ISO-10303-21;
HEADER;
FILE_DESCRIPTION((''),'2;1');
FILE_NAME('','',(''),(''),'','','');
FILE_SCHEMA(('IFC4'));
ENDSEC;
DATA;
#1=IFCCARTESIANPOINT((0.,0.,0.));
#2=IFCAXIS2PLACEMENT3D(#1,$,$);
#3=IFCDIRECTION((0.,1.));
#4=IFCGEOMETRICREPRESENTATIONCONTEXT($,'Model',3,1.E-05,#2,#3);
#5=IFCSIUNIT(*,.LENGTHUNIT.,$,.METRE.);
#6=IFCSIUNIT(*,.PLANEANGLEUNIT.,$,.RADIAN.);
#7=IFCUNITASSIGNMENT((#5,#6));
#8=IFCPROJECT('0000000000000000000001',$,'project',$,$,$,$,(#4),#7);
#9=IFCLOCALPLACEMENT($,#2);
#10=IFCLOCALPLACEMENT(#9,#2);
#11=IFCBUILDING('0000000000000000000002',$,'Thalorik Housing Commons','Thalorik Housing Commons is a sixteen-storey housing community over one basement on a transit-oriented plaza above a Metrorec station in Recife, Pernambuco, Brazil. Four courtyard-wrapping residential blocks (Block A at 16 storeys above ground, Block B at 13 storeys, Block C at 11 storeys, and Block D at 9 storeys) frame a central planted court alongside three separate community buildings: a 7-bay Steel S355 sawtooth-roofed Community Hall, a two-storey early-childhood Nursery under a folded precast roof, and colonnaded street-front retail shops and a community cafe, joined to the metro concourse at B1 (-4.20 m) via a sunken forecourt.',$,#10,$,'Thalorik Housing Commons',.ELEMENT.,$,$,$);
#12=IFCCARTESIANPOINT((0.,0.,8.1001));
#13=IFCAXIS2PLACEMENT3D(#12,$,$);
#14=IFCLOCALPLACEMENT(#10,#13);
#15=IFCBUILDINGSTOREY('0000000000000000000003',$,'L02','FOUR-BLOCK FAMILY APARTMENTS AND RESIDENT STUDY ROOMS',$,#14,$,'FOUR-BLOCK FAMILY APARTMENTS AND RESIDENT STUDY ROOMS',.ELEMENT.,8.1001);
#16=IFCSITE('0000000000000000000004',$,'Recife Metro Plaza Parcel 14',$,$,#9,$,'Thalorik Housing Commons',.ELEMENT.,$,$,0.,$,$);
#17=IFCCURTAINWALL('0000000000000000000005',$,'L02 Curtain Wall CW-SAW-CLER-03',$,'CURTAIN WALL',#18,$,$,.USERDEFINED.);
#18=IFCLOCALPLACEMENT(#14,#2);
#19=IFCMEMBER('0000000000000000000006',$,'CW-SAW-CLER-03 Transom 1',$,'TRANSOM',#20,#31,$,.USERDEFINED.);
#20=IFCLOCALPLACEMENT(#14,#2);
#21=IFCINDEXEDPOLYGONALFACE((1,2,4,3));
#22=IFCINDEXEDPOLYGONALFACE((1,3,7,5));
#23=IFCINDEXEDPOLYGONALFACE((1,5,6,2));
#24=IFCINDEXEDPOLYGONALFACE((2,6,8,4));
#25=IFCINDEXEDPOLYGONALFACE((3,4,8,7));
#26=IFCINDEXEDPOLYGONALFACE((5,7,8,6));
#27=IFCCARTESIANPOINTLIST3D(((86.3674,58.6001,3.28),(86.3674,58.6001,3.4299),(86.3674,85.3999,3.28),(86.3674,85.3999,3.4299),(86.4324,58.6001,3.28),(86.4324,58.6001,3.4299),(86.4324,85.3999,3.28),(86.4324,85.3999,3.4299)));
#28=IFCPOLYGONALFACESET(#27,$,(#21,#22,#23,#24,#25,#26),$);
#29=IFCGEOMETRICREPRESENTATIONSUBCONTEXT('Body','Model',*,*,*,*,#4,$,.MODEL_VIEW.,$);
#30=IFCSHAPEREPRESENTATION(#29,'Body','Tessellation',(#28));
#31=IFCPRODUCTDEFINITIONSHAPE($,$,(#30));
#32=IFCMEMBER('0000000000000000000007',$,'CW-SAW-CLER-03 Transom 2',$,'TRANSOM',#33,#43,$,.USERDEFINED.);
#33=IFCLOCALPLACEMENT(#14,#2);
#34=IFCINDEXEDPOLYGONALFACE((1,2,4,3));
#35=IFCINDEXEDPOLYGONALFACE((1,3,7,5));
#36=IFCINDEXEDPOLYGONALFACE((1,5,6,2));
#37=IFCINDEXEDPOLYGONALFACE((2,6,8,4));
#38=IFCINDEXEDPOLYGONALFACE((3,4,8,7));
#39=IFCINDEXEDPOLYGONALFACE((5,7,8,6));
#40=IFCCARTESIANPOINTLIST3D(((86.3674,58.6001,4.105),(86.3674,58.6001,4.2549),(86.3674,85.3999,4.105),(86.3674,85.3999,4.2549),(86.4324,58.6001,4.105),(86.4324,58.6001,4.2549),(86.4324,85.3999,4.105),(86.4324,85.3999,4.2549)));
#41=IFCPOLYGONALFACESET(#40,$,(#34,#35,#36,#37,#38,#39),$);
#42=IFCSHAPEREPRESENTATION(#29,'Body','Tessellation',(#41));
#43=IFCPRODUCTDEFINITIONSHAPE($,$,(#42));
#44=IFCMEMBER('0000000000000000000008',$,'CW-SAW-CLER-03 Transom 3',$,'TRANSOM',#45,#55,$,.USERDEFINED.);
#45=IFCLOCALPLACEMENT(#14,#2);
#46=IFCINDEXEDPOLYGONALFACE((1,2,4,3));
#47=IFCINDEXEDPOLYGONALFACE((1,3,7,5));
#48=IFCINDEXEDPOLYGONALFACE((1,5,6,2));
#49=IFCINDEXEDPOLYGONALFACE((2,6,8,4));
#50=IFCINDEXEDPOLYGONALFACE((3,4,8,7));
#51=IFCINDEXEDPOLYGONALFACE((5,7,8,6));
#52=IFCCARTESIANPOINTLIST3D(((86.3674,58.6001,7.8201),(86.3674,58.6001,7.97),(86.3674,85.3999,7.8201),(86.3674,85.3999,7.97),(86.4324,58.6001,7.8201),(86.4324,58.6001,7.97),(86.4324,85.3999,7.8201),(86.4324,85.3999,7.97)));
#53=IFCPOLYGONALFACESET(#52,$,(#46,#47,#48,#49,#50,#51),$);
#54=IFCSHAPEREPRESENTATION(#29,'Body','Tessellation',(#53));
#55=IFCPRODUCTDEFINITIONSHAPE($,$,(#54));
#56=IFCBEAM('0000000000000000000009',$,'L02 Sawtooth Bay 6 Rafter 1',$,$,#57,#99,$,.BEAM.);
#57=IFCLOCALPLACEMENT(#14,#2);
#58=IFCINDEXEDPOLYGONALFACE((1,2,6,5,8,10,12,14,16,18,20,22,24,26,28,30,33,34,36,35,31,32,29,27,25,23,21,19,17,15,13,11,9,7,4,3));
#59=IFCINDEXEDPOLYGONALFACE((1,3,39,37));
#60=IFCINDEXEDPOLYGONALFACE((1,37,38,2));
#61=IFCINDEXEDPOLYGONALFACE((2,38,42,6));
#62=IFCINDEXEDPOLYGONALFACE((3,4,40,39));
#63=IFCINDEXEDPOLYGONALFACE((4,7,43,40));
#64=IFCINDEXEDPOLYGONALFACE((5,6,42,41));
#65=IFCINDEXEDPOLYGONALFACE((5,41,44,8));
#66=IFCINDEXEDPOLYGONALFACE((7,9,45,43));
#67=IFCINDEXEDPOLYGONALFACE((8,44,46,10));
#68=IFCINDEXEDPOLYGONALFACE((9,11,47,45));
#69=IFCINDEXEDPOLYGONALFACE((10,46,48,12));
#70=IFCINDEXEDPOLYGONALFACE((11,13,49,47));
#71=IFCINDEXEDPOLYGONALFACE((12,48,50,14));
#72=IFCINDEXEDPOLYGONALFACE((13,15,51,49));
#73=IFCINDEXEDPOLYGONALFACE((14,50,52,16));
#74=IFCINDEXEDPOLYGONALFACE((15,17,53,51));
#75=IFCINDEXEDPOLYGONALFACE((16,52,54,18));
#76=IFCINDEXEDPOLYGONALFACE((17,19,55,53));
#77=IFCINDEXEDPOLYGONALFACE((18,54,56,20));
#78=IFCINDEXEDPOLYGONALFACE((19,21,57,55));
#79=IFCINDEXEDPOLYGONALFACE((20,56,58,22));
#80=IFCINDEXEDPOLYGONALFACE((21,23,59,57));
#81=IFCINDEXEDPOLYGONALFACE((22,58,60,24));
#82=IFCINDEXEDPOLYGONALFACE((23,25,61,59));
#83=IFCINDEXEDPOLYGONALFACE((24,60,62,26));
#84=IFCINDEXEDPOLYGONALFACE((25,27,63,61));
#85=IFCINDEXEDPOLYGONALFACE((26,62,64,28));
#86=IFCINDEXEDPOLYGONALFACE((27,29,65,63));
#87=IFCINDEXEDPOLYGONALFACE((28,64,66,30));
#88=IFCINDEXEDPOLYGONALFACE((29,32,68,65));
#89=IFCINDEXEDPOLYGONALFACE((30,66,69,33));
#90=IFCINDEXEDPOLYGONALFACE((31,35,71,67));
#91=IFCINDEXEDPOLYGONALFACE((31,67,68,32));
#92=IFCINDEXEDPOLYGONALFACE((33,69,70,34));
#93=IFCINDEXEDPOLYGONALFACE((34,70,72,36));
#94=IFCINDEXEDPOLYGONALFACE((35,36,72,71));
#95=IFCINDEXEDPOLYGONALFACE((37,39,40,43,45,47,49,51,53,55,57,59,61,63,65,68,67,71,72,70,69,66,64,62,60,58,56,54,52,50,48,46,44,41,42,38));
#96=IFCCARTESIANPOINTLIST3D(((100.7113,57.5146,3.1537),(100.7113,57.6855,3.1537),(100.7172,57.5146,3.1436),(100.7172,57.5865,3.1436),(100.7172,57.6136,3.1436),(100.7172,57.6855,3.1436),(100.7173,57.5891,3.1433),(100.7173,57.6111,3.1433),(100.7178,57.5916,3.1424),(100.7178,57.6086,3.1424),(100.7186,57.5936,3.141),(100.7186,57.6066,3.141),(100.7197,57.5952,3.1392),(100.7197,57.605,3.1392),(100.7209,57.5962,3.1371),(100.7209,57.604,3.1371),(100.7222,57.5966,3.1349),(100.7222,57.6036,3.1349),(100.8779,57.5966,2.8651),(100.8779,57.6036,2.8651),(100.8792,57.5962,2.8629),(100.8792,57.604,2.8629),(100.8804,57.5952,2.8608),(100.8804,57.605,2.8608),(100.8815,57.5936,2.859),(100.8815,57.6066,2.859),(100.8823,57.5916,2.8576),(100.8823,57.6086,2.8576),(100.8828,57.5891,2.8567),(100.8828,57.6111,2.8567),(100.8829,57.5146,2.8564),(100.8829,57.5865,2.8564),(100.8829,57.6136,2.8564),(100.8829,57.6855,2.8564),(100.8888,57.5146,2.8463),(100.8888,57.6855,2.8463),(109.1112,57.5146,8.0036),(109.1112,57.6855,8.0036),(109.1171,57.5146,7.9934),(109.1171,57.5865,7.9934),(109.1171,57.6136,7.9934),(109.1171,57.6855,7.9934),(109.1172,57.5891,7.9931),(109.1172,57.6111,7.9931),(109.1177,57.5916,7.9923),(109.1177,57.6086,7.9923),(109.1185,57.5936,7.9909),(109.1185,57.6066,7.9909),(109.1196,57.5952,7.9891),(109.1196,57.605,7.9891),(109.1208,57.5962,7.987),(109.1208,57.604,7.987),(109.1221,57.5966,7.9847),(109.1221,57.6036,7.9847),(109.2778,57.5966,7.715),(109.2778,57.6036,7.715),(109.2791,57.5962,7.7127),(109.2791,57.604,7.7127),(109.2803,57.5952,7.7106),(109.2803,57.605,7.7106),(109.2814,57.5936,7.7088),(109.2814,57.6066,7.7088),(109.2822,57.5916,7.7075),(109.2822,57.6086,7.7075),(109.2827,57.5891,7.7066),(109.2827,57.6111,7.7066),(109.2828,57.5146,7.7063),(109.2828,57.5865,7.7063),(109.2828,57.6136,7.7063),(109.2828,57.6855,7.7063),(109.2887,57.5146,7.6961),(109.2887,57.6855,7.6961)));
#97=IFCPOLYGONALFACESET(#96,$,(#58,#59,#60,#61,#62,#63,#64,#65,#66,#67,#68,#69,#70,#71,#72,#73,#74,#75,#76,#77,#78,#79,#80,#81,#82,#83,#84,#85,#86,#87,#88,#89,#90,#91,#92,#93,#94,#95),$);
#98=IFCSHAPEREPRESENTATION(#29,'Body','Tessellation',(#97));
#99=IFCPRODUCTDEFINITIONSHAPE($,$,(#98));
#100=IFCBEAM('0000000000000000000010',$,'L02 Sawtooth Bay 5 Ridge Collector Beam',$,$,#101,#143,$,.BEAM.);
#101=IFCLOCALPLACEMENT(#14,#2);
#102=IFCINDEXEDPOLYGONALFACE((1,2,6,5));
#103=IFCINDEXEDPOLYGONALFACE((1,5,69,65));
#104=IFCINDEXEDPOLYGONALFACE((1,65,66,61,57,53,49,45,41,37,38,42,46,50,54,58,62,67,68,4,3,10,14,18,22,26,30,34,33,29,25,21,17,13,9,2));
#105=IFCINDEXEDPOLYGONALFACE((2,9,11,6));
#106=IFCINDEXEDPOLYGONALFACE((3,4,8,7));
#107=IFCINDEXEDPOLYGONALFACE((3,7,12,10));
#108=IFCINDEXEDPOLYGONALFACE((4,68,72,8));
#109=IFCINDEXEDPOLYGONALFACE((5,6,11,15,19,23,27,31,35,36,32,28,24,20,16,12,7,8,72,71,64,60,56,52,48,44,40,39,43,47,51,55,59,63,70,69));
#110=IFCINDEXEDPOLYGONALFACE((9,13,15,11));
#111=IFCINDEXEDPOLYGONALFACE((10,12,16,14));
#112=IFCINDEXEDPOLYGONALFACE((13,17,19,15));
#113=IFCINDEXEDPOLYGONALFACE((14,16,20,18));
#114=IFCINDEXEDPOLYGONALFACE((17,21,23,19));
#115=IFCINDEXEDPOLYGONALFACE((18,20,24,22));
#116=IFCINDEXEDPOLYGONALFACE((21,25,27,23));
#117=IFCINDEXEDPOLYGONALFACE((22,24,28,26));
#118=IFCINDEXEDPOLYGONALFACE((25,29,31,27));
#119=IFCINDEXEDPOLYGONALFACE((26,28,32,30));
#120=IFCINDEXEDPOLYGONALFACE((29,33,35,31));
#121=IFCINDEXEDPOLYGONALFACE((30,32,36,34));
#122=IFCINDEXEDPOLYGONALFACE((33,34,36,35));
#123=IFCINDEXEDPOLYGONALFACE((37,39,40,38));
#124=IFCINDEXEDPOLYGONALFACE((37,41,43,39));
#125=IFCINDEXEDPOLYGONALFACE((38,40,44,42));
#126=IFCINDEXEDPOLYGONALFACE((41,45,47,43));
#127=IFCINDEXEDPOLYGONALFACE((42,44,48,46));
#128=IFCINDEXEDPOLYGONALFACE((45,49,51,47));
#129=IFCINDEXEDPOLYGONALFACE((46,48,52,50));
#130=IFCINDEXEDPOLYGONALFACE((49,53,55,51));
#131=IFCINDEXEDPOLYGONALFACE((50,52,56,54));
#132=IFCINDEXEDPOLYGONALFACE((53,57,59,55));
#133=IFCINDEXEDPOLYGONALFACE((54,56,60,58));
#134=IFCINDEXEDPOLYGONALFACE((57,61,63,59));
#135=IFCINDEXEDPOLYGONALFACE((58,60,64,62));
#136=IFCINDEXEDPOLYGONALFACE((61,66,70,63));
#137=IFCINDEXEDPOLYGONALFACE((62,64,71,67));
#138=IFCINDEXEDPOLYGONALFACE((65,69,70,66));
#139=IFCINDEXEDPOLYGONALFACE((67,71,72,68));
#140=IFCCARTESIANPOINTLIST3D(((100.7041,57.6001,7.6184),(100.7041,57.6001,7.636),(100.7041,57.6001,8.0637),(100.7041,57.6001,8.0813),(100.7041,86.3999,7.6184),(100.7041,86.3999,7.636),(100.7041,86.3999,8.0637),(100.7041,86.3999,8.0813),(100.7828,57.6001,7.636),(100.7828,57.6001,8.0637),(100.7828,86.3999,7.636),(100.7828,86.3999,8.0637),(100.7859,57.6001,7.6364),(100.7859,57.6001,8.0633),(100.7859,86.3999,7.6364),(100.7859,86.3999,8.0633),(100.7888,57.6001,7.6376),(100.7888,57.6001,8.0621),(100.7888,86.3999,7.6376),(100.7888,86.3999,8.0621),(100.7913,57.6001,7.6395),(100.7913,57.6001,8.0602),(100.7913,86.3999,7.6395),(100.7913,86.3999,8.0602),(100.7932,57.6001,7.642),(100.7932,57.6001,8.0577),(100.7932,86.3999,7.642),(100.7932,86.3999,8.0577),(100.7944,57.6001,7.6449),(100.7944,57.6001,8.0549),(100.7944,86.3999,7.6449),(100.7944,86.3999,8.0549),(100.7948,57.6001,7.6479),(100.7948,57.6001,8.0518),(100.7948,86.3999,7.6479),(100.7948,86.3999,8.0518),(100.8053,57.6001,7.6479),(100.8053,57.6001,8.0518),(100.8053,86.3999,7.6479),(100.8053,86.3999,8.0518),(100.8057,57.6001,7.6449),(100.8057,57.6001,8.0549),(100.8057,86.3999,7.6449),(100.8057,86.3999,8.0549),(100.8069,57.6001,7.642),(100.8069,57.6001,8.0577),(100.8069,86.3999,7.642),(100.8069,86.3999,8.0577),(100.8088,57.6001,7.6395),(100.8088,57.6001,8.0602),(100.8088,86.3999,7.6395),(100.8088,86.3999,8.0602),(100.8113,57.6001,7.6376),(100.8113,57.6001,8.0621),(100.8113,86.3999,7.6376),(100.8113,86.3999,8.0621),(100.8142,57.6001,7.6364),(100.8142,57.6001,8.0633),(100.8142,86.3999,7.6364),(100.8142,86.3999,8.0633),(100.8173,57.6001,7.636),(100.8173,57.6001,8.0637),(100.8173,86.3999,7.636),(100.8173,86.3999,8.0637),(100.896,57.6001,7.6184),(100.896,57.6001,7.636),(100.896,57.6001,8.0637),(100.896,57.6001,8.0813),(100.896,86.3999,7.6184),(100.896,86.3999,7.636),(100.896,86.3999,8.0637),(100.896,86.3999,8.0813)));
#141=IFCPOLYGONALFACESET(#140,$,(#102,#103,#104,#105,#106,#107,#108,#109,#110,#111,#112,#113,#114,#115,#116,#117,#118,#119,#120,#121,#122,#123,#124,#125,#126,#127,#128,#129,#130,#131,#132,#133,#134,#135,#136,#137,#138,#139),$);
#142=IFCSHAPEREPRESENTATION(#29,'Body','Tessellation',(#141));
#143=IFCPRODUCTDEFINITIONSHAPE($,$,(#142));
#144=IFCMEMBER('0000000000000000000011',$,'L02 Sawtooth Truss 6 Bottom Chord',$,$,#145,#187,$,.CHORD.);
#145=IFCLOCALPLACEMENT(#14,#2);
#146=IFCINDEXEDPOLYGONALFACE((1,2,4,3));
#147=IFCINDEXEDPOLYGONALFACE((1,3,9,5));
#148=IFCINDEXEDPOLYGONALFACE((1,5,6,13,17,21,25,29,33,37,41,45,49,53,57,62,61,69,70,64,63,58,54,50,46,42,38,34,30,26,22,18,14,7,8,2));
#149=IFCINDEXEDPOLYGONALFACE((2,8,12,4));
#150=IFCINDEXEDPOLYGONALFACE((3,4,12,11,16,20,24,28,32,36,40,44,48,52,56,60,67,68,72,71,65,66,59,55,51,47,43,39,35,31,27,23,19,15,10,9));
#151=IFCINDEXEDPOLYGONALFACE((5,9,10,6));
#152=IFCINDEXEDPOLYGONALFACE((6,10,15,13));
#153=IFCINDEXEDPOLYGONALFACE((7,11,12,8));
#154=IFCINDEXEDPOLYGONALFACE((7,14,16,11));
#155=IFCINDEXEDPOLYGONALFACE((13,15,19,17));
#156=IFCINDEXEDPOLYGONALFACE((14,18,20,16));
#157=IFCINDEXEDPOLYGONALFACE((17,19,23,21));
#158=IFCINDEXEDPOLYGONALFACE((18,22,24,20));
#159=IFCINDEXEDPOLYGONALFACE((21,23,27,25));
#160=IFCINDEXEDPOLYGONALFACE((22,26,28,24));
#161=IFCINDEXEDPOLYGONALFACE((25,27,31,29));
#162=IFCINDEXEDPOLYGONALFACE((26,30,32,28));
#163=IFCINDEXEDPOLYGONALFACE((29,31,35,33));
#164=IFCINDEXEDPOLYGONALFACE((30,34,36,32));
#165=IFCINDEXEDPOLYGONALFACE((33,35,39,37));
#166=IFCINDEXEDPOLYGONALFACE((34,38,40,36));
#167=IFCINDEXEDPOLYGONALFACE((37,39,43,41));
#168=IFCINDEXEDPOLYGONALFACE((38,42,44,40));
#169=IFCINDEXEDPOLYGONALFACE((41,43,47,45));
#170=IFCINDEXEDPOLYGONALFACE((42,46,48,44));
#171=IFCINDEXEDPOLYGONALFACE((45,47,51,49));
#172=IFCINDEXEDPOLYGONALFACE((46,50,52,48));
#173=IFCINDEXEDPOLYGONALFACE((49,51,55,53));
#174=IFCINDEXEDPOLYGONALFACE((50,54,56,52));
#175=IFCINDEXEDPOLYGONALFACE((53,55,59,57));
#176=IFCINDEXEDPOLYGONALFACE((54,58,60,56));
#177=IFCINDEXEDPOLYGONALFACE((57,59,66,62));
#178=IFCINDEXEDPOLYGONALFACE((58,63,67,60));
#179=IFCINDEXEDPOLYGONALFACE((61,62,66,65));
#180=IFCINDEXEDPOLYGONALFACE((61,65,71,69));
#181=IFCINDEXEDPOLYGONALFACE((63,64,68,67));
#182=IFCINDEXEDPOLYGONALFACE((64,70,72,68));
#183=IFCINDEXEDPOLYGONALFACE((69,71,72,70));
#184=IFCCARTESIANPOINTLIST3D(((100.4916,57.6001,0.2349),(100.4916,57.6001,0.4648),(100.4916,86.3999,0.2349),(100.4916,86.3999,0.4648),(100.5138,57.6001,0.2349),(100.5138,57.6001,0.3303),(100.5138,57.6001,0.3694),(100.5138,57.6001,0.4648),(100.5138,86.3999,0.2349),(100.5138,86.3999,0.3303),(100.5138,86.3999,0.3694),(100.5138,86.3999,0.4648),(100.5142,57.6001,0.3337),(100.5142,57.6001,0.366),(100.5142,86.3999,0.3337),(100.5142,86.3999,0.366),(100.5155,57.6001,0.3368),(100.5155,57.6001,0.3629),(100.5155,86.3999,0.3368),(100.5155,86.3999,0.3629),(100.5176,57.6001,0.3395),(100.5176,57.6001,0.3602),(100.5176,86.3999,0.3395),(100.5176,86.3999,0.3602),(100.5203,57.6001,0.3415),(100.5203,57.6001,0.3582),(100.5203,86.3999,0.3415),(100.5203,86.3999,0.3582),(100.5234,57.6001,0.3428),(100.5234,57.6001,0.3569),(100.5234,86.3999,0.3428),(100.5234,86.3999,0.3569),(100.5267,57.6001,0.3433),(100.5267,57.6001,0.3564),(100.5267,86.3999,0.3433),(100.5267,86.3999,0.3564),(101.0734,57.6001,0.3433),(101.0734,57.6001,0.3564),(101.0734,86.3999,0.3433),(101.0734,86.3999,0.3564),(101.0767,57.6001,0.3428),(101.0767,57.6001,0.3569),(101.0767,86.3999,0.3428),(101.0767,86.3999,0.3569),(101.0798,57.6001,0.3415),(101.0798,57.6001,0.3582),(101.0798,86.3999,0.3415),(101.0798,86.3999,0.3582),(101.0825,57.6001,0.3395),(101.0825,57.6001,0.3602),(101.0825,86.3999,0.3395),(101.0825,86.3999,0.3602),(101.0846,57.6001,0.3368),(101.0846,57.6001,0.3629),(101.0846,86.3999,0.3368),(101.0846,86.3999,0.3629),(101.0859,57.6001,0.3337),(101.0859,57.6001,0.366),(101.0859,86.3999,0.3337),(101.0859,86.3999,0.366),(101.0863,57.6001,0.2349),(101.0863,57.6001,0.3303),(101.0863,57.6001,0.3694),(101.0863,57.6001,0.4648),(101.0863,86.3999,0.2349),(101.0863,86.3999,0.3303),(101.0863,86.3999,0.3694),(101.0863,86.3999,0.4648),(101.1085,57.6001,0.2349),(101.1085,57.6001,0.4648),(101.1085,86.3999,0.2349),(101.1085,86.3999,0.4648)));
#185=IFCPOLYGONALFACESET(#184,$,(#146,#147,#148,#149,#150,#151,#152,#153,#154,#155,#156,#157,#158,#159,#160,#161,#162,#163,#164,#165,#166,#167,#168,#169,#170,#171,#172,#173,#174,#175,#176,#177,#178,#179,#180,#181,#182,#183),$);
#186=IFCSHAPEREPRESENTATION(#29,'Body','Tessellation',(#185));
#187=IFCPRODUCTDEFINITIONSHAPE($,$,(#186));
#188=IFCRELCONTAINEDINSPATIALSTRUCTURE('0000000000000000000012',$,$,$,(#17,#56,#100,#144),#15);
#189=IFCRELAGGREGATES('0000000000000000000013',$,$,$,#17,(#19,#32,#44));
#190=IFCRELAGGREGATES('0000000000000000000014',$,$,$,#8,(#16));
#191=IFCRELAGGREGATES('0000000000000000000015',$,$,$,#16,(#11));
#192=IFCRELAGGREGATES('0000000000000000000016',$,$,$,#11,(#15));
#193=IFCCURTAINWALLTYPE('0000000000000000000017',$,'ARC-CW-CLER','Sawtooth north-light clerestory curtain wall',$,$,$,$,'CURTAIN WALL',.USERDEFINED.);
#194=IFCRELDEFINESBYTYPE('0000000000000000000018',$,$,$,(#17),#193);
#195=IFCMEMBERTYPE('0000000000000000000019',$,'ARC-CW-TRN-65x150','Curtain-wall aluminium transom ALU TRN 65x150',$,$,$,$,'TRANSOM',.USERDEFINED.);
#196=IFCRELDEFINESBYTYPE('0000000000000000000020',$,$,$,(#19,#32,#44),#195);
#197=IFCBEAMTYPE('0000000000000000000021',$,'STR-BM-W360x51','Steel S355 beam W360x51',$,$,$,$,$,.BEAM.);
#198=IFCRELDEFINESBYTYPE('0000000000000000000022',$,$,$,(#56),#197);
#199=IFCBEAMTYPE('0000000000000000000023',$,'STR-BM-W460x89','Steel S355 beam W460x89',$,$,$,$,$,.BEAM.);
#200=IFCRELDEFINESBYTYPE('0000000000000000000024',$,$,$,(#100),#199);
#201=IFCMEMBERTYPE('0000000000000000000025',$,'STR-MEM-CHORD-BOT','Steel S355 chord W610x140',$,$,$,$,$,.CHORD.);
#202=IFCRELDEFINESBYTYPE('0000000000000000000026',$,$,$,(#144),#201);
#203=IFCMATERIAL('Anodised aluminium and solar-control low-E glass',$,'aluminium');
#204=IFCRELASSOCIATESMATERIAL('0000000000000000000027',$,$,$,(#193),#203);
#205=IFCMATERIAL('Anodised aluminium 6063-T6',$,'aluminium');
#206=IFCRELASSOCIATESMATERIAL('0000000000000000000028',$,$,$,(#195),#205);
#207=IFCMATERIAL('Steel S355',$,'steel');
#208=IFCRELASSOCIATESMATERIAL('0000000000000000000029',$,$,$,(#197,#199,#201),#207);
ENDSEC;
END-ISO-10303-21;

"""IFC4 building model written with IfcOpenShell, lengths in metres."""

from ifc_helpers import new_model, si_unit, direction, frame, origin, origin_2d, place, context, subcontext, project, spatial, rectangle, i_section, extrude, material, material_profile, profile_set, type_object, element, aggregate, save


model = new_model("IFC4")

# Units and contexts
model_context = context("Model", 3, precision=1e-05, world=origin(), true_north=direction((0.0, 1.0)))
body_context = subcontext(model_context, "Body", "Model", "MODEL_VIEW")
ifc_project = project(units=[si_unit("LENGTHUNIT", "METRE"), si_unit("PLANEANGLEUNIT", "RADIAN")], contexts=[model_context])

# Site, building, storey
site_placement = place(None, origin())
site = spatial("IfcSite", under=ifc_project, at=site_placement, Name="Recife Metro Plaza Parcel 14", LongName="Thalorik Housing Commons", CompositionType="ELEMENT", RefElevation=0.0)
building_placement = place(site_placement, origin())
building = spatial("IfcBuilding", under=site, at=building_placement, Name="Thalorik Housing Commons", Description="Thalorik Housing Commons is a sixteen-storey housing community over one basement on a transit-oriented plaza above a Metrorec station in Recife, Pernambuco, Brazil. Four courtyard-wrapping residential blocks (Block A at 16 storeys above ground, Block B at 13 storeys, Block C at 11 storeys, and Block D at 9 storeys) frame a central planted court alongside three separate community buildings: a 7-bay Steel S355 sawtooth-roofed Community Hall, a two-storey early-childhood Nursery under a folded precast roof, and colonnaded street-front retail shops and a community cafe, joined to the metro concourse at B1 (-4.20 m) via a sunken forecourt.", LongName="Thalorik Housing Commons", CompositionType="ELEMENT")
storey_placement = place(building_placement, frame((0.0, 0.0, 8.1001)))
storey = spatial("IfcBuildingStorey", under=building, at=storey_placement, Name="L02", Description="FOUR-BLOCK FAMILY APARTMENTS AND RESIDENT STUDY ROOMS", LongName="FOUR-BLOCK FAMILY APARTMENTS AND RESIDENT STUDY ROOMS", CompositionType="ELEMENT", Elevation=8.1001)

# Shared definitions
ifc_material_1 = material(Name="Steel S355", Category="steel")

# Curtain wall
ifc_material_2 = material(Name="Anodised aluminium and solar-control low-E glass", Category="aluminium")
curtain_wall_type = type_object("IfcCurtainWallType", Name="ARC-CW-CLER", Description="Sawtooth north-light clerestory curtain wall", ElementType="CURTAIN WALL", PredefinedType="USERDEFINED", material=ifc_material_2)
ifc_material_3 = material(Name="Anodised aluminium 6063-T6", Category="aluminium")
curtain_wall_1_placement = place(storey_placement, origin())
curtain_wall_1 = element("IfcCurtainWall", 1, at=curtain_wall_1_placement, inside=storey, type_object=curtain_wall_type, Name="L02 Curtain Wall CW-SAW-CLER-03", ObjectType="CURTAIN WALL", PredefinedType="USERDEFINED")

# Members
ifc_material_profile_1 = material_profile(ifc_material_3, rectangle(XDim=0.0649, YDim=0.1499, at=origin_2d()), Name="ALU TRN 65x150", Category="aluminium")
ifc_profile_set_1 = profile_set([ifc_material_profile_1], Name="Anodised aluminium 6063-T6")
member_type_1 = type_object("IfcMemberType", Name="ARC-CW-TRN-65x150", Description="Curtain-wall aluminium transom ALU TRN 65x150", ElementType="TRANSOM", PredefinedType="USERDEFINED", material=ifc_profile_set_1)
member_1_placement = place(storey_placement, frame((86.3999, 58.6001, 3.355), z_axis=(0.0, 1.0, 0.0), x_axis=(-1.0, 0.0, 0.0)))
member_1 = element("IfcMember", 2, at=member_1_placement, type_object=member_type_1, Name="CW-SAW-CLER-03 Transom 1", ObjectType="TRANSOM", PredefinedType="USERDEFINED", context=body_context, shape_type="SweptSolid", body=[
    extrude(rectangle(XDim=0.0649, YDim=0.1499, at=origin_2d()), origin(), (0.0, 0.0, 1.0), 26.7998),
])
member_2_placement = place(storey_placement, frame((86.3999, 58.6001, 4.1799), z_axis=(0.0, 1.0, 0.0), x_axis=(-1.0, 0.0, 0.0)))
member_2 = element("IfcMember", 3, at=member_2_placement, type_object=member_type_1, Name="CW-SAW-CLER-03 Transom 2", ObjectType="TRANSOM", PredefinedType="USERDEFINED", context=body_context, shape_type="SweptSolid", body=[
    extrude(rectangle(XDim=0.0649, YDim=0.1499, at=origin_2d()), origin(), (0.0, 0.0, 1.0), 26.7998),
])
member_3_placement = place(storey_placement, frame((86.3999, 58.6001, 7.895), z_axis=(0.0, 1.0, 0.0), x_axis=(-1.0, 0.0, 0.0)))
member_3 = element("IfcMember", 4, at=member_3_placement, type_object=member_type_1, Name="CW-SAW-CLER-03 Transom 3", ObjectType="TRANSOM", PredefinedType="USERDEFINED", context=body_context, shape_type="SweptSolid", body=[
    extrude(rectangle(XDim=0.0649, YDim=0.1499, at=origin_2d()), origin(), (0.0, 0.0, 1.0), 26.7998),
])
aggregate(curtain_wall_1, [member_1, member_2, member_3])

# Beams
ifc_material_profile_2 = material_profile(ifc_material_1, i_section(OverallWidth=0.1709, OverallDepth=0.355, WebThickness=0.0071, FlangeThickness=0.0117, FilletRadius=0.01, at=origin_2d()), Name="W360x51", Category="steel")
ifc_profile_set_2 = profile_set([ifc_material_profile_2], Name="Steel S355")
beam_type_1 = type_object("IfcBeamType", Name="STR-BM-W360x51", Description="Steel S355 beam W360x51", PredefinedType="BEAM", material=ifc_profile_set_2)
beam_1_placement = place(storey_placement, frame((100.8, 57.6001, 3.0), z_axis=(0.866018, 0.0, 0.500013), x_axis=(0.0, 1.0, 0.0)))
element("IfcBeam", 5, at=beam_1_placement, inside=storey, type_object=beam_type_1, Name="L02 Sawtooth Bay 6 Rafter 1", PredefinedType="BEAM", context=body_context, shape_type="SweptSolid", body=[
    extrude(i_section(OverallWidth=0.1709, OverallDepth=0.355, WebThickness=0.0071, FlangeThickness=0.0117, FilletRadius=0.01, at=origin_2d()), origin(), (0.0, 0.0, 1.0), 9.6995),
])
ifc_material_profile_3 = material_profile(ifc_material_1, i_section(OverallWidth=0.1919, OverallDepth=0.4629, WebThickness=0.0105, FlangeThickness=0.0176, FilletRadius=0.012, at=origin_2d()), Name="W460x89", Category="steel")
ifc_profile_set_3 = profile_set([ifc_material_profile_3], Name="Steel S355")
beam_type_2 = type_object("IfcBeamType", Name="STR-BM-W460x89", Description="Steel S355 beam W460x89", PredefinedType="BEAM", material=ifc_profile_set_3)
beam_2_placement = place(storey_placement, frame((100.8, 57.6001, 7.8499), z_axis=(0.0, 1.0, 0.0), x_axis=(-1.0, 0.0, 0.0)))
element("IfcBeam", 6, at=beam_2_placement, inside=storey, type_object=beam_type_2, Name="L02 Sawtooth Bay 5 Ridge Collector Beam", PredefinedType="BEAM", context=body_context, shape_type="SweptSolid", body=[
    extrude(i_section(OverallWidth=0.1919, OverallDepth=0.4629, WebThickness=0.0105, FlangeThickness=0.0176, FilletRadius=0.012, at=origin_2d()), origin(), (0.0, 0.0, 1.0), 28.7998),
])

# Member
ifc_material_profile_4 = material_profile(ifc_material_1, i_section(OverallWidth=0.23, OverallDepth=0.6169, WebThickness=0.0132, FlangeThickness=0.0222, FilletRadius=0.0129, at=origin_2d()), Name="W610x140", Category="steel")
ifc_profile_set_4 = profile_set([ifc_material_profile_4], Name="Steel S355")
member_type_2 = type_object("IfcMemberType", Name="STR-MEM-CHORD-BOT", Description="Steel S355 chord W610x140", PredefinedType="CHORD", material=ifc_profile_set_4)
for number, where, z_axis, x_axis, name in (
    (7, (100.8, 57.6001, 0.3499), (0.0, 1.0, 0.0), (0.0, 0.0, 1.0), "L02 Sawtooth Truss 6 Bottom Chord"),
):
    element("IfcMember", number, at=place(storey_placement, frame(where, z_axis=z_axis, x_axis=x_axis)), inside=storey, type_object=member_type_2, Name=name, PredefinedType="CHORD", context=body_context, shape_type="SweptSolid", body=[
        extrude(i_section(OverallWidth=0.23, OverallDepth=0.6169, WebThickness=0.0132, FlangeThickness=0.0222, FilletRadius=0.0129, at=origin_2d()), origin(), (0.0, 0.0, 1.0), 28.7998),
    ])

save(model, "model.ifc")
